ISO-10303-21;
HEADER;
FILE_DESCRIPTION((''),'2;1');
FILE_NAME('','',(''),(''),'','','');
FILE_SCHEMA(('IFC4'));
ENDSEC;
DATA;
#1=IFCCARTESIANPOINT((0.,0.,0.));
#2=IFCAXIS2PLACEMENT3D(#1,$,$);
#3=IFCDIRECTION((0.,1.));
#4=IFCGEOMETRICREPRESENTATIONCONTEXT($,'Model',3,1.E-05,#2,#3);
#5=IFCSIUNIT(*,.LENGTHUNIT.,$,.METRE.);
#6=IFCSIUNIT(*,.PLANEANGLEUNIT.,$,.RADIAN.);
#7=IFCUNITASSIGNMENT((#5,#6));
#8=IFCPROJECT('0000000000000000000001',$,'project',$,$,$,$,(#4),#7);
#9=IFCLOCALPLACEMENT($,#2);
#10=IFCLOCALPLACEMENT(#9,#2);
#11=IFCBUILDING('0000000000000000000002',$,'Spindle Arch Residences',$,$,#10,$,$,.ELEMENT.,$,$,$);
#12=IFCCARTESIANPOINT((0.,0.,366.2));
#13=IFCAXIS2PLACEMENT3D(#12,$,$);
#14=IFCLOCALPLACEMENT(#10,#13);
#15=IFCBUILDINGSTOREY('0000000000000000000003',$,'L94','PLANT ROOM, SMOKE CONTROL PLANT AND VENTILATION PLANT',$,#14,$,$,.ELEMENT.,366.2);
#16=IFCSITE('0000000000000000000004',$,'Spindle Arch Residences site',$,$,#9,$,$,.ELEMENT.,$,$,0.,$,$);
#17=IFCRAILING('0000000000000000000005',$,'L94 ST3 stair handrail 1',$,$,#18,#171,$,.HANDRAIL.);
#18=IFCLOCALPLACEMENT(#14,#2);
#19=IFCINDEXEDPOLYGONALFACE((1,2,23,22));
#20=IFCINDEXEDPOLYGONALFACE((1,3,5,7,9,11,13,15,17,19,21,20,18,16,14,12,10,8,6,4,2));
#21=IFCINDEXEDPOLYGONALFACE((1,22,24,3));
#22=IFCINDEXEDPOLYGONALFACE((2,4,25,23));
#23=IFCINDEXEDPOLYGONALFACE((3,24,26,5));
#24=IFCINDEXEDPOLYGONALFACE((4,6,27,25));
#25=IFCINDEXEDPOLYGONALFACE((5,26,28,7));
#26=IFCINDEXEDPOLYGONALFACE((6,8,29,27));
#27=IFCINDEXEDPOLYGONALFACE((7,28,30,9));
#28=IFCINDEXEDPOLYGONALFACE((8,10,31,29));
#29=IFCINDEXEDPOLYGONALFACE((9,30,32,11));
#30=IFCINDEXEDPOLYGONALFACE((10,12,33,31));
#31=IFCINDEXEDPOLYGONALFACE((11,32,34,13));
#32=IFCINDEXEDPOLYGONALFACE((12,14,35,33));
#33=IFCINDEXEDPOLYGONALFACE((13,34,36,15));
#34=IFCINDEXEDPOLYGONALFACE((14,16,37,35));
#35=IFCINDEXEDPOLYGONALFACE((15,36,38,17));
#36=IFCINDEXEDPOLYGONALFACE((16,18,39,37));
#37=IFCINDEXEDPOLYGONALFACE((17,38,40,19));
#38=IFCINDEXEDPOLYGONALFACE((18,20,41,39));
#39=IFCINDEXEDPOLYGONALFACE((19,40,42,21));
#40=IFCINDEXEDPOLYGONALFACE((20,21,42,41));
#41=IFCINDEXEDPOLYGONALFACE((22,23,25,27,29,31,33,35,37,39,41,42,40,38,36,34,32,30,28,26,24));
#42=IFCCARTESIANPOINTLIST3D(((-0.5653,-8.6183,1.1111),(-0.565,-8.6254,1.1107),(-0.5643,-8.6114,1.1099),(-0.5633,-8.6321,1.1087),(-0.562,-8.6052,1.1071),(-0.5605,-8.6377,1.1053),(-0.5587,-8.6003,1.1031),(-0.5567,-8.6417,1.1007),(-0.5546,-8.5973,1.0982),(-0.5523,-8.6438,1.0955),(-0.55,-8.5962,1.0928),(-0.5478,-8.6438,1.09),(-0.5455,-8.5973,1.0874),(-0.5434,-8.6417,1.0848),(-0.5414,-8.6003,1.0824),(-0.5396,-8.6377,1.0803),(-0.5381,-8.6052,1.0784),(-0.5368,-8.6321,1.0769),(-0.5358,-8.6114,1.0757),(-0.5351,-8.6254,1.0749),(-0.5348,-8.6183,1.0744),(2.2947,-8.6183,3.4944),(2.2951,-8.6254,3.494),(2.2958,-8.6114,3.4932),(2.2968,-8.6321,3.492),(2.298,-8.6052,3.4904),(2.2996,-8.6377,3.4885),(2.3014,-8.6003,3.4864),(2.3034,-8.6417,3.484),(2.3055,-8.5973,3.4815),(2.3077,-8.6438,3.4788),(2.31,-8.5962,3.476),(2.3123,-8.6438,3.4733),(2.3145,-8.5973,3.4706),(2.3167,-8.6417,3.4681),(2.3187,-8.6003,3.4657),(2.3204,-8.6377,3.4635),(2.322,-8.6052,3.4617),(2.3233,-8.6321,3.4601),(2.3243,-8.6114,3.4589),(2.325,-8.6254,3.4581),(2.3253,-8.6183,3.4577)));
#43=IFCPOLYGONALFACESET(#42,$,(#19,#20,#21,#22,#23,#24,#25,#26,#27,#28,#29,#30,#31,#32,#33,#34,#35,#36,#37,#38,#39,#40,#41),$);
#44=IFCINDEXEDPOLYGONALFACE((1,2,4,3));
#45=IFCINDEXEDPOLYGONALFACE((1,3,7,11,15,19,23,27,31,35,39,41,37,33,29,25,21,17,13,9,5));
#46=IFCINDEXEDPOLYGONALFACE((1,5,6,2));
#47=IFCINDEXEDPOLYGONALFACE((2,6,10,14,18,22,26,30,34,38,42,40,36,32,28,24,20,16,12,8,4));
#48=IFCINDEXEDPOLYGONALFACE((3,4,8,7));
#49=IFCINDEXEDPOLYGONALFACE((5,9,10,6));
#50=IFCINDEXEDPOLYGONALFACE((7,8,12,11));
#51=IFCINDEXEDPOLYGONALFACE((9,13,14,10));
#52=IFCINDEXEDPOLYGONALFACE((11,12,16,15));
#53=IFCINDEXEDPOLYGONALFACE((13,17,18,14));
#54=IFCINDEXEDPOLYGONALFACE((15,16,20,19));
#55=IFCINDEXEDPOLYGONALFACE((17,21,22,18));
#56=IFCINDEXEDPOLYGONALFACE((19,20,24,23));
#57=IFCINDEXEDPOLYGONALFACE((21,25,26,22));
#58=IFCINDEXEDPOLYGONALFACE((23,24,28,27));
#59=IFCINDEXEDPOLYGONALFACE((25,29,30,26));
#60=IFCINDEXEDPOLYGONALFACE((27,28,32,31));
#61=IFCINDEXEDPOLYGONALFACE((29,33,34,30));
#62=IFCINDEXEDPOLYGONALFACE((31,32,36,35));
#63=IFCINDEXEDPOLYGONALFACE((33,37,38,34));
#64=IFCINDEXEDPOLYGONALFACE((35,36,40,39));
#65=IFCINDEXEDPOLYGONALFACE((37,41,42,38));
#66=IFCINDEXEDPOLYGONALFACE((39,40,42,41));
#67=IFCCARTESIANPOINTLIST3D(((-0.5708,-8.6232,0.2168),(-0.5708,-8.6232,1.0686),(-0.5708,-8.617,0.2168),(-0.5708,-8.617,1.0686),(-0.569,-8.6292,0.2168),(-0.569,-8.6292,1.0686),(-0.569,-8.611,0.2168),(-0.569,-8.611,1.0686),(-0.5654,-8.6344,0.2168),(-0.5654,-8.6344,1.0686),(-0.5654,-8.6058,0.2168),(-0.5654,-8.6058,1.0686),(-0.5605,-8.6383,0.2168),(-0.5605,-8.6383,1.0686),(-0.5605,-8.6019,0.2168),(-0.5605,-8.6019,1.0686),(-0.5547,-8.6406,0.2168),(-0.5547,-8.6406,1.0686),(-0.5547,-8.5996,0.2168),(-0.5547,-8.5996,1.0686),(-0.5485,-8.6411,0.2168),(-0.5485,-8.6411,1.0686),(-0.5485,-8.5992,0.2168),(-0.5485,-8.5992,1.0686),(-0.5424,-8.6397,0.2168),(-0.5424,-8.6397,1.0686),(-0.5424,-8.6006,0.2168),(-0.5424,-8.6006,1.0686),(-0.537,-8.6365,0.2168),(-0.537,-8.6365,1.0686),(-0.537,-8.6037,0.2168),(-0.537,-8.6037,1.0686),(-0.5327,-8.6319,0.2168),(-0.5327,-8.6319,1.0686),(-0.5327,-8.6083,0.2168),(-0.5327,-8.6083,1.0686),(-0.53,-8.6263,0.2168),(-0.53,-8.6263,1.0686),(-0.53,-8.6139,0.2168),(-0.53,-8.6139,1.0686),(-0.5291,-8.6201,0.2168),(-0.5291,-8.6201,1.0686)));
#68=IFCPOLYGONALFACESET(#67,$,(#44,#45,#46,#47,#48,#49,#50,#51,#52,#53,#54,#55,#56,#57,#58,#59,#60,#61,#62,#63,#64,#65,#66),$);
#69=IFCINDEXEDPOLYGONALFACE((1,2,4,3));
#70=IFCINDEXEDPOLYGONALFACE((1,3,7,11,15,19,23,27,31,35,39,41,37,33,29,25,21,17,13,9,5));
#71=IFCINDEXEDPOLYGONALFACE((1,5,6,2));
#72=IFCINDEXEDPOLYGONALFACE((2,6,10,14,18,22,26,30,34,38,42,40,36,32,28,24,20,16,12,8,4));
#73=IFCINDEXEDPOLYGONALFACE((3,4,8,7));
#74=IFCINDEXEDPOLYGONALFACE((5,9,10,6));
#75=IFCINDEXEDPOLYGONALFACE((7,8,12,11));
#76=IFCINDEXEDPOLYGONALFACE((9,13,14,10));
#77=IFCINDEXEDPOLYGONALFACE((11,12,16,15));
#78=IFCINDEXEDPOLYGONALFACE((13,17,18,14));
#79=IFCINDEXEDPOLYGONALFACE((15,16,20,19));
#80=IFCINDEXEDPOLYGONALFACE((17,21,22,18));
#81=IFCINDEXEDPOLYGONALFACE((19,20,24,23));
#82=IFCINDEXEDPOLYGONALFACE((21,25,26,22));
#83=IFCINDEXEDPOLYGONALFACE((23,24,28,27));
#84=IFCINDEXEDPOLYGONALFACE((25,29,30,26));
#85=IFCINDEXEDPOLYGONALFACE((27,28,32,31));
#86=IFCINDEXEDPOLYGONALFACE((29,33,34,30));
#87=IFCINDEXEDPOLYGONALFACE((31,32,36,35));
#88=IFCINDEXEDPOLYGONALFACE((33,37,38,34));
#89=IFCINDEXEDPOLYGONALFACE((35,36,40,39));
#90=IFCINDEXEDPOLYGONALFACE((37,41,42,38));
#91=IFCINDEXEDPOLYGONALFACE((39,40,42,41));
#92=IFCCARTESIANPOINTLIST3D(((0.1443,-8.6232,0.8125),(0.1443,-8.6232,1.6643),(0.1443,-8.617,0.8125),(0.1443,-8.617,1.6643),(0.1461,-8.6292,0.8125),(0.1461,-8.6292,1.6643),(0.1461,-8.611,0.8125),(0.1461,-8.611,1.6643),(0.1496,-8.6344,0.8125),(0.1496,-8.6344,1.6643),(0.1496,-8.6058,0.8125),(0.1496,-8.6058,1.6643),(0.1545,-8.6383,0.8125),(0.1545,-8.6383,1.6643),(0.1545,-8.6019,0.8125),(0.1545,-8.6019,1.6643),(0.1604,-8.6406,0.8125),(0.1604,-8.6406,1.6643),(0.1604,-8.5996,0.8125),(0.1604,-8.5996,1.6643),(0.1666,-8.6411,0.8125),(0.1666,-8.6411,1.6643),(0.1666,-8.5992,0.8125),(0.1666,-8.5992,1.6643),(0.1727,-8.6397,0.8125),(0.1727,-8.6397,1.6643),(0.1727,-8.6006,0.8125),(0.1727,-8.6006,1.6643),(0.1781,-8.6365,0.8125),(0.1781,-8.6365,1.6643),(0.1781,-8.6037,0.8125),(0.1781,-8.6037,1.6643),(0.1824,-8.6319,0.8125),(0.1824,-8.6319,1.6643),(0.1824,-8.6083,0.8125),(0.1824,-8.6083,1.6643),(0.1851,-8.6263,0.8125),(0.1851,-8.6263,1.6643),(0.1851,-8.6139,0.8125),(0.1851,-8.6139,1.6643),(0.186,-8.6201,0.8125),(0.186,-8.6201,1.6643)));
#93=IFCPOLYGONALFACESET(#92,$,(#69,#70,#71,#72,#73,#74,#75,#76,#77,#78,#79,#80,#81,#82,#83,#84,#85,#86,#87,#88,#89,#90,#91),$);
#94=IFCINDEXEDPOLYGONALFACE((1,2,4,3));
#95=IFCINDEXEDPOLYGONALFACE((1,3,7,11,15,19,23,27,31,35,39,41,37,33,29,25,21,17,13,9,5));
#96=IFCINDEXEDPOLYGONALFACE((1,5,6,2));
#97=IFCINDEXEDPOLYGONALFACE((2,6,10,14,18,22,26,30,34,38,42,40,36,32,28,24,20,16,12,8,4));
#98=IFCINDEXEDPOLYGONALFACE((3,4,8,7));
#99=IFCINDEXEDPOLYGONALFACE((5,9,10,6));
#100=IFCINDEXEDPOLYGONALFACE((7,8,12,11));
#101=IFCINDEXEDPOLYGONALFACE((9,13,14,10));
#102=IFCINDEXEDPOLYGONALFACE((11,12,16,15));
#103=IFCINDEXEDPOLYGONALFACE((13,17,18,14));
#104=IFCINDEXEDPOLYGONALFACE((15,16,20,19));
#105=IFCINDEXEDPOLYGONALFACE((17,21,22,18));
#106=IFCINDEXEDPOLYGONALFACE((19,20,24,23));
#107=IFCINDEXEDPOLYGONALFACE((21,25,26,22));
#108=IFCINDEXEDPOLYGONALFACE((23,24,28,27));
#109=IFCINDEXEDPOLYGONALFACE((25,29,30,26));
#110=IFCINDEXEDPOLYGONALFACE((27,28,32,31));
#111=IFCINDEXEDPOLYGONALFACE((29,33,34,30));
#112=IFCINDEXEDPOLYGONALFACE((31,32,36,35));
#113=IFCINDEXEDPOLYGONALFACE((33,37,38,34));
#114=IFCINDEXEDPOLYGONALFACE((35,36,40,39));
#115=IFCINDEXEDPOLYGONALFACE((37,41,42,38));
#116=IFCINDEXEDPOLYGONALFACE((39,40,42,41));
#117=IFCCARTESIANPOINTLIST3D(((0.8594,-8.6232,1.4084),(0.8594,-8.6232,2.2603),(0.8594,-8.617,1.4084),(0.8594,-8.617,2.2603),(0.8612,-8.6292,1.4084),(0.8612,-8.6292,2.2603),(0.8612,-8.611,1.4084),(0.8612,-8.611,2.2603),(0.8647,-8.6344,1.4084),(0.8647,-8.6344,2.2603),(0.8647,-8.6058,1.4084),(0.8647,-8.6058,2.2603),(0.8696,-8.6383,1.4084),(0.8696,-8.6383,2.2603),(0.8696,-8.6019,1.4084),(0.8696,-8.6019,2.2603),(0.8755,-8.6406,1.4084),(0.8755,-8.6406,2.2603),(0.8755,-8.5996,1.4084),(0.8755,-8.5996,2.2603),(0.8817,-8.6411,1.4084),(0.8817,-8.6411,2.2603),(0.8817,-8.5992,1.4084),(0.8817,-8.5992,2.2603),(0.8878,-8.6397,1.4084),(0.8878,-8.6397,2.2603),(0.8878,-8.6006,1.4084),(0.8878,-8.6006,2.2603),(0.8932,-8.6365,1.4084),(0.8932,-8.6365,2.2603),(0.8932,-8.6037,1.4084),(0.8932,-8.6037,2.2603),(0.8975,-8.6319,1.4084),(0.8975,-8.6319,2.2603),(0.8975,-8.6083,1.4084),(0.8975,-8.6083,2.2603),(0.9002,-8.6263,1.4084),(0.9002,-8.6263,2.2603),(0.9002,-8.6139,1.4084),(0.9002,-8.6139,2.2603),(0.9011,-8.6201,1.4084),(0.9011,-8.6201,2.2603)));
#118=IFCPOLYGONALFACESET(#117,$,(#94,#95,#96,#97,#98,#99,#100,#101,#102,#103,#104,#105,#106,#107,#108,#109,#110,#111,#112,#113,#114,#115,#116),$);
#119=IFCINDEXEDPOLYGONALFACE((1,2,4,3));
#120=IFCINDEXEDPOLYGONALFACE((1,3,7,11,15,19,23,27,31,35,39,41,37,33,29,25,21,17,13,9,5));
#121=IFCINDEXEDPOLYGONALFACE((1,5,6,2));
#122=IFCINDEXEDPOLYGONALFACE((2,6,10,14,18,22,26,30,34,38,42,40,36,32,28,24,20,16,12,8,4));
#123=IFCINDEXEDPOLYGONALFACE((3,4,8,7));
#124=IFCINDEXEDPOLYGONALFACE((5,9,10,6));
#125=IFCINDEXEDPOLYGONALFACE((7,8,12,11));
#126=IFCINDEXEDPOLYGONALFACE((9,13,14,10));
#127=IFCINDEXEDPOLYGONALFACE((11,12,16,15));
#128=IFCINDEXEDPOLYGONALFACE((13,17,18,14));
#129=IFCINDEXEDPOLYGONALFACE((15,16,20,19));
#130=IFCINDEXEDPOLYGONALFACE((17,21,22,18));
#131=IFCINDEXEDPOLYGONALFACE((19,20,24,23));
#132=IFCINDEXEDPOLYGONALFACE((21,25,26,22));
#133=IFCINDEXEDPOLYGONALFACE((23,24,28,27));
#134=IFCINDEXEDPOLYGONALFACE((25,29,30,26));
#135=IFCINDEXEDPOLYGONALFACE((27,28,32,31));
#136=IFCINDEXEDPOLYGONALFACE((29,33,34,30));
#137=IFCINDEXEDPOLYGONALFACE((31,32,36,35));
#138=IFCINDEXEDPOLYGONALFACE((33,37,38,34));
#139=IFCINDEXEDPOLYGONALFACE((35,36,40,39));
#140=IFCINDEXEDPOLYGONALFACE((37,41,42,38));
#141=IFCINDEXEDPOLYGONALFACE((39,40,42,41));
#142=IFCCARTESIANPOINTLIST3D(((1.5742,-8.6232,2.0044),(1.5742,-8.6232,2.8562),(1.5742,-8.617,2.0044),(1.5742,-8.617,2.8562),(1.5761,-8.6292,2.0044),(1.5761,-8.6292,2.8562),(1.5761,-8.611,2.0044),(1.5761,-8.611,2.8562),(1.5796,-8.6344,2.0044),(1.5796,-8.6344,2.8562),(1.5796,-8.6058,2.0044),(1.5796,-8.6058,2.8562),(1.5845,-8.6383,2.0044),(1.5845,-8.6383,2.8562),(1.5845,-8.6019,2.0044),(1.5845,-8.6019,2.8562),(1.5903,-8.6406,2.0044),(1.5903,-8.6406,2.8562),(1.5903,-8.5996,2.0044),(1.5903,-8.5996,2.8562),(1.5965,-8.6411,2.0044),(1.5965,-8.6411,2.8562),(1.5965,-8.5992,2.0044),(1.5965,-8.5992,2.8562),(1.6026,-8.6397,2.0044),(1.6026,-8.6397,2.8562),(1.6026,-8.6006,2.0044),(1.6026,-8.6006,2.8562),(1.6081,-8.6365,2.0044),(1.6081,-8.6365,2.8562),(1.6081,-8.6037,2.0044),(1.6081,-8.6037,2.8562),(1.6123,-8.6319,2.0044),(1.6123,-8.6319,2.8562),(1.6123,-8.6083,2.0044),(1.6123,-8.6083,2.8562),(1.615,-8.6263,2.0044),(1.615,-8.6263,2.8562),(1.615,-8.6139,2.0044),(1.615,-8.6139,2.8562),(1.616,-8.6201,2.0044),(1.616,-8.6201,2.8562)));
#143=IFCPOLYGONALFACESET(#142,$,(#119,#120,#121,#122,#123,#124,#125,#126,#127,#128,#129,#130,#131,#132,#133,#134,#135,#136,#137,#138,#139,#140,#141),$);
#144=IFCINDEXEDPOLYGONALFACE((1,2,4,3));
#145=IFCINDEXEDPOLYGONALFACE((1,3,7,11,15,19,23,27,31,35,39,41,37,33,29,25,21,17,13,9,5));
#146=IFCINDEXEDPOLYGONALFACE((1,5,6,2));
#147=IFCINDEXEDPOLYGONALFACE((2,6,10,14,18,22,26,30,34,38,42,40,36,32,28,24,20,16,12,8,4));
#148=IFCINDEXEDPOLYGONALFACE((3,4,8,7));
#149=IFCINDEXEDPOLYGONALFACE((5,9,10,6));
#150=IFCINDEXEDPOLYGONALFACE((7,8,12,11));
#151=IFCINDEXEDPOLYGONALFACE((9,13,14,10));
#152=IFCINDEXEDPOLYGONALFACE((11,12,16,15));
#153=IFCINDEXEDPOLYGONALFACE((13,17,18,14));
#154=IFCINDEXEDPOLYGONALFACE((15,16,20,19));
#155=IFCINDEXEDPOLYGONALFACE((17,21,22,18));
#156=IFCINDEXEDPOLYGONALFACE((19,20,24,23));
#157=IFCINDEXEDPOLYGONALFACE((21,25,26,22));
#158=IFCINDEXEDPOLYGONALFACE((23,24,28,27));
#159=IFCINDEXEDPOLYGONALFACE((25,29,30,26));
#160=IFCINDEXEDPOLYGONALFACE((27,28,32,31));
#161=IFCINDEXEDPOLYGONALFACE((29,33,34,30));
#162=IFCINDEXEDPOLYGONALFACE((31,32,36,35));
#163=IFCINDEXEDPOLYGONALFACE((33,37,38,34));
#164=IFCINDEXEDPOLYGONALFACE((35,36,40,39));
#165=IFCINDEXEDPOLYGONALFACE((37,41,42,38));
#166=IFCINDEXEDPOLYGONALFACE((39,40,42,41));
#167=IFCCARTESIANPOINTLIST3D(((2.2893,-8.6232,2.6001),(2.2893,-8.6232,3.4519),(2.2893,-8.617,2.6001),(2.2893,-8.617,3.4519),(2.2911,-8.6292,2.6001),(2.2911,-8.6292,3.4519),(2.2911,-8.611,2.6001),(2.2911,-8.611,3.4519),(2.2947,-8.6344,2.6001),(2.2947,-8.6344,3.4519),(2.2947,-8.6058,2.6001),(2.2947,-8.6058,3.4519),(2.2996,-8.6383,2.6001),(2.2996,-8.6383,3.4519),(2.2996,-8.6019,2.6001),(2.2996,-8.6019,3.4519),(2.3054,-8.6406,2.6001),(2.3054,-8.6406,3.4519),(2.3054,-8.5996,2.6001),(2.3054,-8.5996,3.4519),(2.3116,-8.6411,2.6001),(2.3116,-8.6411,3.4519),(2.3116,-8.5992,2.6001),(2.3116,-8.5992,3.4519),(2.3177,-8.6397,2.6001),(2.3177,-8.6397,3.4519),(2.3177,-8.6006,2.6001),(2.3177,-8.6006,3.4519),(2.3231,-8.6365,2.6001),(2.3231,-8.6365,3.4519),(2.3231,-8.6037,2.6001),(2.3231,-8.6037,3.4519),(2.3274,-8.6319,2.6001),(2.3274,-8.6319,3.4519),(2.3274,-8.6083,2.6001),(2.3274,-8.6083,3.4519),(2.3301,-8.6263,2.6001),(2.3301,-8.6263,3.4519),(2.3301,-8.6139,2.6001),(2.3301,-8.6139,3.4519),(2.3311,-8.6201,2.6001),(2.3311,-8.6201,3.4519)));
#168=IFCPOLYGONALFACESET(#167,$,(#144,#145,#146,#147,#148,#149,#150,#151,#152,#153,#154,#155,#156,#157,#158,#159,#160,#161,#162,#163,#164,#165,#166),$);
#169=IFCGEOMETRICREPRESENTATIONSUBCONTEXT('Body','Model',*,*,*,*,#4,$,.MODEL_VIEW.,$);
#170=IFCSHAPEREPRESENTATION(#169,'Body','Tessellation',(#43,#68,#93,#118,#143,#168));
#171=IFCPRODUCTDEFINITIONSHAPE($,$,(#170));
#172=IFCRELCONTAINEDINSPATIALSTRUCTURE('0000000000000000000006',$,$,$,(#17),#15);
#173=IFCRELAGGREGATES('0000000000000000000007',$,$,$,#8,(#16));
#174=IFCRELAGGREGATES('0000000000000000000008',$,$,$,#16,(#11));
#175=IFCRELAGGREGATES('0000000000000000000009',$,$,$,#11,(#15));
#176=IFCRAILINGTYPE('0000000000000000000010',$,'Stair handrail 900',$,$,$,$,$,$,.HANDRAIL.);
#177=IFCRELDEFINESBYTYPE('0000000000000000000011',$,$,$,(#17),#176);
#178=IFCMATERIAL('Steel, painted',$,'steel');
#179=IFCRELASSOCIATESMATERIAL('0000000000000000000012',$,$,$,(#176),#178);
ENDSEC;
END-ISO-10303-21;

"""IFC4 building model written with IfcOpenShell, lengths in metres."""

from ifc_helpers import new_model, si_unit, direction, frame, origin, origin_2d, place, context, subcontext, project, spatial, circle, extrude, material, type_object, element, save


model = new_model("IFC4")

# Units and contexts
model_context = context("Model", 3, precision=1e-05, world=origin(), true_north=direction((0.0, 1.0)))
body_context = subcontext(model_context, "Body", "Model", "MODEL_VIEW")
ifc_project = project(units=[si_unit("LENGTHUNIT", "METRE"), si_unit("PLANEANGLEUNIT", "RADIAN")], contexts=[model_context])

# Site, building, storey
site_placement = place(None, origin())
site = spatial("IfcSite", under=ifc_project, at=site_placement, Name="Spindle Arch Residences site", CompositionType="ELEMENT", RefElevation=0.0)
building_placement = place(site_placement, origin())
building = spatial("IfcBuilding", under=site, at=building_placement, Name="Spindle Arch Residences", CompositionType="ELEMENT")
storey_placement = place(building_placement, frame((0.0, 0.0, 366.2)))
storey = spatial("IfcBuildingStorey", under=building, at=storey_placement, Name="L94", Description="PLANT ROOM, SMOKE CONTROL PLANT AND VENTILATION PLANT", CompositionType="ELEMENT", Elevation=366.2)

# Railing
ifc_material_1 = material(Name="Steel, painted", Category="steel")
railing_type = type_object("IfcRailingType", Name="Stair handrail 900", PredefinedType="HANDRAIL", material=ifc_material_1)
railing_placement = place(storey_placement, frame((-0.55, -8.6201, 0.2168)))
element("IfcRailing", 1, at=railing_placement, inside=storey, type_object=railing_type, Name="L94 ST3 stair handrail 1", PredefinedType="HANDRAIL", context=body_context, shape_type="SweptSolid", body=[
    extrude(circle(Radius=0.0239, at=origin_2d()), frame((0.0, 0.0, 0.876), z_axis=(0.768237, 0.0, 0.640165), x_axis=(0.0, 1.0, 0.0)), (0.0, 0.0, 1.0), 3.7229),
    extrude(circle(Radius=0.021, at=origin_2d()), origin(), (0.0, 0.0, 1.0), 0.8518),
    extrude(circle(Radius=0.021, at=origin_2d()), frame((0.7151, 0.0, 0.5957)), (0.0, 0.0, 1.0), 0.8518),
    extrude(circle(Radius=0.021, at=origin_2d()), frame((1.4302, 0.0, 1.1917)), (0.0, 0.0, 1.0), 0.8518),
    extrude(circle(Radius=0.021, at=origin_2d()), frame((2.145, 0.0, 1.7876)), (0.0, 0.0, 1.0), 0.8518),
    extrude(circle(Radius=0.021, at=origin_2d()), frame((2.8601, 0.0, 2.3833)), (0.0, 0.0, 1.0), 0.8518),
])

save(model, "model.ifc")
